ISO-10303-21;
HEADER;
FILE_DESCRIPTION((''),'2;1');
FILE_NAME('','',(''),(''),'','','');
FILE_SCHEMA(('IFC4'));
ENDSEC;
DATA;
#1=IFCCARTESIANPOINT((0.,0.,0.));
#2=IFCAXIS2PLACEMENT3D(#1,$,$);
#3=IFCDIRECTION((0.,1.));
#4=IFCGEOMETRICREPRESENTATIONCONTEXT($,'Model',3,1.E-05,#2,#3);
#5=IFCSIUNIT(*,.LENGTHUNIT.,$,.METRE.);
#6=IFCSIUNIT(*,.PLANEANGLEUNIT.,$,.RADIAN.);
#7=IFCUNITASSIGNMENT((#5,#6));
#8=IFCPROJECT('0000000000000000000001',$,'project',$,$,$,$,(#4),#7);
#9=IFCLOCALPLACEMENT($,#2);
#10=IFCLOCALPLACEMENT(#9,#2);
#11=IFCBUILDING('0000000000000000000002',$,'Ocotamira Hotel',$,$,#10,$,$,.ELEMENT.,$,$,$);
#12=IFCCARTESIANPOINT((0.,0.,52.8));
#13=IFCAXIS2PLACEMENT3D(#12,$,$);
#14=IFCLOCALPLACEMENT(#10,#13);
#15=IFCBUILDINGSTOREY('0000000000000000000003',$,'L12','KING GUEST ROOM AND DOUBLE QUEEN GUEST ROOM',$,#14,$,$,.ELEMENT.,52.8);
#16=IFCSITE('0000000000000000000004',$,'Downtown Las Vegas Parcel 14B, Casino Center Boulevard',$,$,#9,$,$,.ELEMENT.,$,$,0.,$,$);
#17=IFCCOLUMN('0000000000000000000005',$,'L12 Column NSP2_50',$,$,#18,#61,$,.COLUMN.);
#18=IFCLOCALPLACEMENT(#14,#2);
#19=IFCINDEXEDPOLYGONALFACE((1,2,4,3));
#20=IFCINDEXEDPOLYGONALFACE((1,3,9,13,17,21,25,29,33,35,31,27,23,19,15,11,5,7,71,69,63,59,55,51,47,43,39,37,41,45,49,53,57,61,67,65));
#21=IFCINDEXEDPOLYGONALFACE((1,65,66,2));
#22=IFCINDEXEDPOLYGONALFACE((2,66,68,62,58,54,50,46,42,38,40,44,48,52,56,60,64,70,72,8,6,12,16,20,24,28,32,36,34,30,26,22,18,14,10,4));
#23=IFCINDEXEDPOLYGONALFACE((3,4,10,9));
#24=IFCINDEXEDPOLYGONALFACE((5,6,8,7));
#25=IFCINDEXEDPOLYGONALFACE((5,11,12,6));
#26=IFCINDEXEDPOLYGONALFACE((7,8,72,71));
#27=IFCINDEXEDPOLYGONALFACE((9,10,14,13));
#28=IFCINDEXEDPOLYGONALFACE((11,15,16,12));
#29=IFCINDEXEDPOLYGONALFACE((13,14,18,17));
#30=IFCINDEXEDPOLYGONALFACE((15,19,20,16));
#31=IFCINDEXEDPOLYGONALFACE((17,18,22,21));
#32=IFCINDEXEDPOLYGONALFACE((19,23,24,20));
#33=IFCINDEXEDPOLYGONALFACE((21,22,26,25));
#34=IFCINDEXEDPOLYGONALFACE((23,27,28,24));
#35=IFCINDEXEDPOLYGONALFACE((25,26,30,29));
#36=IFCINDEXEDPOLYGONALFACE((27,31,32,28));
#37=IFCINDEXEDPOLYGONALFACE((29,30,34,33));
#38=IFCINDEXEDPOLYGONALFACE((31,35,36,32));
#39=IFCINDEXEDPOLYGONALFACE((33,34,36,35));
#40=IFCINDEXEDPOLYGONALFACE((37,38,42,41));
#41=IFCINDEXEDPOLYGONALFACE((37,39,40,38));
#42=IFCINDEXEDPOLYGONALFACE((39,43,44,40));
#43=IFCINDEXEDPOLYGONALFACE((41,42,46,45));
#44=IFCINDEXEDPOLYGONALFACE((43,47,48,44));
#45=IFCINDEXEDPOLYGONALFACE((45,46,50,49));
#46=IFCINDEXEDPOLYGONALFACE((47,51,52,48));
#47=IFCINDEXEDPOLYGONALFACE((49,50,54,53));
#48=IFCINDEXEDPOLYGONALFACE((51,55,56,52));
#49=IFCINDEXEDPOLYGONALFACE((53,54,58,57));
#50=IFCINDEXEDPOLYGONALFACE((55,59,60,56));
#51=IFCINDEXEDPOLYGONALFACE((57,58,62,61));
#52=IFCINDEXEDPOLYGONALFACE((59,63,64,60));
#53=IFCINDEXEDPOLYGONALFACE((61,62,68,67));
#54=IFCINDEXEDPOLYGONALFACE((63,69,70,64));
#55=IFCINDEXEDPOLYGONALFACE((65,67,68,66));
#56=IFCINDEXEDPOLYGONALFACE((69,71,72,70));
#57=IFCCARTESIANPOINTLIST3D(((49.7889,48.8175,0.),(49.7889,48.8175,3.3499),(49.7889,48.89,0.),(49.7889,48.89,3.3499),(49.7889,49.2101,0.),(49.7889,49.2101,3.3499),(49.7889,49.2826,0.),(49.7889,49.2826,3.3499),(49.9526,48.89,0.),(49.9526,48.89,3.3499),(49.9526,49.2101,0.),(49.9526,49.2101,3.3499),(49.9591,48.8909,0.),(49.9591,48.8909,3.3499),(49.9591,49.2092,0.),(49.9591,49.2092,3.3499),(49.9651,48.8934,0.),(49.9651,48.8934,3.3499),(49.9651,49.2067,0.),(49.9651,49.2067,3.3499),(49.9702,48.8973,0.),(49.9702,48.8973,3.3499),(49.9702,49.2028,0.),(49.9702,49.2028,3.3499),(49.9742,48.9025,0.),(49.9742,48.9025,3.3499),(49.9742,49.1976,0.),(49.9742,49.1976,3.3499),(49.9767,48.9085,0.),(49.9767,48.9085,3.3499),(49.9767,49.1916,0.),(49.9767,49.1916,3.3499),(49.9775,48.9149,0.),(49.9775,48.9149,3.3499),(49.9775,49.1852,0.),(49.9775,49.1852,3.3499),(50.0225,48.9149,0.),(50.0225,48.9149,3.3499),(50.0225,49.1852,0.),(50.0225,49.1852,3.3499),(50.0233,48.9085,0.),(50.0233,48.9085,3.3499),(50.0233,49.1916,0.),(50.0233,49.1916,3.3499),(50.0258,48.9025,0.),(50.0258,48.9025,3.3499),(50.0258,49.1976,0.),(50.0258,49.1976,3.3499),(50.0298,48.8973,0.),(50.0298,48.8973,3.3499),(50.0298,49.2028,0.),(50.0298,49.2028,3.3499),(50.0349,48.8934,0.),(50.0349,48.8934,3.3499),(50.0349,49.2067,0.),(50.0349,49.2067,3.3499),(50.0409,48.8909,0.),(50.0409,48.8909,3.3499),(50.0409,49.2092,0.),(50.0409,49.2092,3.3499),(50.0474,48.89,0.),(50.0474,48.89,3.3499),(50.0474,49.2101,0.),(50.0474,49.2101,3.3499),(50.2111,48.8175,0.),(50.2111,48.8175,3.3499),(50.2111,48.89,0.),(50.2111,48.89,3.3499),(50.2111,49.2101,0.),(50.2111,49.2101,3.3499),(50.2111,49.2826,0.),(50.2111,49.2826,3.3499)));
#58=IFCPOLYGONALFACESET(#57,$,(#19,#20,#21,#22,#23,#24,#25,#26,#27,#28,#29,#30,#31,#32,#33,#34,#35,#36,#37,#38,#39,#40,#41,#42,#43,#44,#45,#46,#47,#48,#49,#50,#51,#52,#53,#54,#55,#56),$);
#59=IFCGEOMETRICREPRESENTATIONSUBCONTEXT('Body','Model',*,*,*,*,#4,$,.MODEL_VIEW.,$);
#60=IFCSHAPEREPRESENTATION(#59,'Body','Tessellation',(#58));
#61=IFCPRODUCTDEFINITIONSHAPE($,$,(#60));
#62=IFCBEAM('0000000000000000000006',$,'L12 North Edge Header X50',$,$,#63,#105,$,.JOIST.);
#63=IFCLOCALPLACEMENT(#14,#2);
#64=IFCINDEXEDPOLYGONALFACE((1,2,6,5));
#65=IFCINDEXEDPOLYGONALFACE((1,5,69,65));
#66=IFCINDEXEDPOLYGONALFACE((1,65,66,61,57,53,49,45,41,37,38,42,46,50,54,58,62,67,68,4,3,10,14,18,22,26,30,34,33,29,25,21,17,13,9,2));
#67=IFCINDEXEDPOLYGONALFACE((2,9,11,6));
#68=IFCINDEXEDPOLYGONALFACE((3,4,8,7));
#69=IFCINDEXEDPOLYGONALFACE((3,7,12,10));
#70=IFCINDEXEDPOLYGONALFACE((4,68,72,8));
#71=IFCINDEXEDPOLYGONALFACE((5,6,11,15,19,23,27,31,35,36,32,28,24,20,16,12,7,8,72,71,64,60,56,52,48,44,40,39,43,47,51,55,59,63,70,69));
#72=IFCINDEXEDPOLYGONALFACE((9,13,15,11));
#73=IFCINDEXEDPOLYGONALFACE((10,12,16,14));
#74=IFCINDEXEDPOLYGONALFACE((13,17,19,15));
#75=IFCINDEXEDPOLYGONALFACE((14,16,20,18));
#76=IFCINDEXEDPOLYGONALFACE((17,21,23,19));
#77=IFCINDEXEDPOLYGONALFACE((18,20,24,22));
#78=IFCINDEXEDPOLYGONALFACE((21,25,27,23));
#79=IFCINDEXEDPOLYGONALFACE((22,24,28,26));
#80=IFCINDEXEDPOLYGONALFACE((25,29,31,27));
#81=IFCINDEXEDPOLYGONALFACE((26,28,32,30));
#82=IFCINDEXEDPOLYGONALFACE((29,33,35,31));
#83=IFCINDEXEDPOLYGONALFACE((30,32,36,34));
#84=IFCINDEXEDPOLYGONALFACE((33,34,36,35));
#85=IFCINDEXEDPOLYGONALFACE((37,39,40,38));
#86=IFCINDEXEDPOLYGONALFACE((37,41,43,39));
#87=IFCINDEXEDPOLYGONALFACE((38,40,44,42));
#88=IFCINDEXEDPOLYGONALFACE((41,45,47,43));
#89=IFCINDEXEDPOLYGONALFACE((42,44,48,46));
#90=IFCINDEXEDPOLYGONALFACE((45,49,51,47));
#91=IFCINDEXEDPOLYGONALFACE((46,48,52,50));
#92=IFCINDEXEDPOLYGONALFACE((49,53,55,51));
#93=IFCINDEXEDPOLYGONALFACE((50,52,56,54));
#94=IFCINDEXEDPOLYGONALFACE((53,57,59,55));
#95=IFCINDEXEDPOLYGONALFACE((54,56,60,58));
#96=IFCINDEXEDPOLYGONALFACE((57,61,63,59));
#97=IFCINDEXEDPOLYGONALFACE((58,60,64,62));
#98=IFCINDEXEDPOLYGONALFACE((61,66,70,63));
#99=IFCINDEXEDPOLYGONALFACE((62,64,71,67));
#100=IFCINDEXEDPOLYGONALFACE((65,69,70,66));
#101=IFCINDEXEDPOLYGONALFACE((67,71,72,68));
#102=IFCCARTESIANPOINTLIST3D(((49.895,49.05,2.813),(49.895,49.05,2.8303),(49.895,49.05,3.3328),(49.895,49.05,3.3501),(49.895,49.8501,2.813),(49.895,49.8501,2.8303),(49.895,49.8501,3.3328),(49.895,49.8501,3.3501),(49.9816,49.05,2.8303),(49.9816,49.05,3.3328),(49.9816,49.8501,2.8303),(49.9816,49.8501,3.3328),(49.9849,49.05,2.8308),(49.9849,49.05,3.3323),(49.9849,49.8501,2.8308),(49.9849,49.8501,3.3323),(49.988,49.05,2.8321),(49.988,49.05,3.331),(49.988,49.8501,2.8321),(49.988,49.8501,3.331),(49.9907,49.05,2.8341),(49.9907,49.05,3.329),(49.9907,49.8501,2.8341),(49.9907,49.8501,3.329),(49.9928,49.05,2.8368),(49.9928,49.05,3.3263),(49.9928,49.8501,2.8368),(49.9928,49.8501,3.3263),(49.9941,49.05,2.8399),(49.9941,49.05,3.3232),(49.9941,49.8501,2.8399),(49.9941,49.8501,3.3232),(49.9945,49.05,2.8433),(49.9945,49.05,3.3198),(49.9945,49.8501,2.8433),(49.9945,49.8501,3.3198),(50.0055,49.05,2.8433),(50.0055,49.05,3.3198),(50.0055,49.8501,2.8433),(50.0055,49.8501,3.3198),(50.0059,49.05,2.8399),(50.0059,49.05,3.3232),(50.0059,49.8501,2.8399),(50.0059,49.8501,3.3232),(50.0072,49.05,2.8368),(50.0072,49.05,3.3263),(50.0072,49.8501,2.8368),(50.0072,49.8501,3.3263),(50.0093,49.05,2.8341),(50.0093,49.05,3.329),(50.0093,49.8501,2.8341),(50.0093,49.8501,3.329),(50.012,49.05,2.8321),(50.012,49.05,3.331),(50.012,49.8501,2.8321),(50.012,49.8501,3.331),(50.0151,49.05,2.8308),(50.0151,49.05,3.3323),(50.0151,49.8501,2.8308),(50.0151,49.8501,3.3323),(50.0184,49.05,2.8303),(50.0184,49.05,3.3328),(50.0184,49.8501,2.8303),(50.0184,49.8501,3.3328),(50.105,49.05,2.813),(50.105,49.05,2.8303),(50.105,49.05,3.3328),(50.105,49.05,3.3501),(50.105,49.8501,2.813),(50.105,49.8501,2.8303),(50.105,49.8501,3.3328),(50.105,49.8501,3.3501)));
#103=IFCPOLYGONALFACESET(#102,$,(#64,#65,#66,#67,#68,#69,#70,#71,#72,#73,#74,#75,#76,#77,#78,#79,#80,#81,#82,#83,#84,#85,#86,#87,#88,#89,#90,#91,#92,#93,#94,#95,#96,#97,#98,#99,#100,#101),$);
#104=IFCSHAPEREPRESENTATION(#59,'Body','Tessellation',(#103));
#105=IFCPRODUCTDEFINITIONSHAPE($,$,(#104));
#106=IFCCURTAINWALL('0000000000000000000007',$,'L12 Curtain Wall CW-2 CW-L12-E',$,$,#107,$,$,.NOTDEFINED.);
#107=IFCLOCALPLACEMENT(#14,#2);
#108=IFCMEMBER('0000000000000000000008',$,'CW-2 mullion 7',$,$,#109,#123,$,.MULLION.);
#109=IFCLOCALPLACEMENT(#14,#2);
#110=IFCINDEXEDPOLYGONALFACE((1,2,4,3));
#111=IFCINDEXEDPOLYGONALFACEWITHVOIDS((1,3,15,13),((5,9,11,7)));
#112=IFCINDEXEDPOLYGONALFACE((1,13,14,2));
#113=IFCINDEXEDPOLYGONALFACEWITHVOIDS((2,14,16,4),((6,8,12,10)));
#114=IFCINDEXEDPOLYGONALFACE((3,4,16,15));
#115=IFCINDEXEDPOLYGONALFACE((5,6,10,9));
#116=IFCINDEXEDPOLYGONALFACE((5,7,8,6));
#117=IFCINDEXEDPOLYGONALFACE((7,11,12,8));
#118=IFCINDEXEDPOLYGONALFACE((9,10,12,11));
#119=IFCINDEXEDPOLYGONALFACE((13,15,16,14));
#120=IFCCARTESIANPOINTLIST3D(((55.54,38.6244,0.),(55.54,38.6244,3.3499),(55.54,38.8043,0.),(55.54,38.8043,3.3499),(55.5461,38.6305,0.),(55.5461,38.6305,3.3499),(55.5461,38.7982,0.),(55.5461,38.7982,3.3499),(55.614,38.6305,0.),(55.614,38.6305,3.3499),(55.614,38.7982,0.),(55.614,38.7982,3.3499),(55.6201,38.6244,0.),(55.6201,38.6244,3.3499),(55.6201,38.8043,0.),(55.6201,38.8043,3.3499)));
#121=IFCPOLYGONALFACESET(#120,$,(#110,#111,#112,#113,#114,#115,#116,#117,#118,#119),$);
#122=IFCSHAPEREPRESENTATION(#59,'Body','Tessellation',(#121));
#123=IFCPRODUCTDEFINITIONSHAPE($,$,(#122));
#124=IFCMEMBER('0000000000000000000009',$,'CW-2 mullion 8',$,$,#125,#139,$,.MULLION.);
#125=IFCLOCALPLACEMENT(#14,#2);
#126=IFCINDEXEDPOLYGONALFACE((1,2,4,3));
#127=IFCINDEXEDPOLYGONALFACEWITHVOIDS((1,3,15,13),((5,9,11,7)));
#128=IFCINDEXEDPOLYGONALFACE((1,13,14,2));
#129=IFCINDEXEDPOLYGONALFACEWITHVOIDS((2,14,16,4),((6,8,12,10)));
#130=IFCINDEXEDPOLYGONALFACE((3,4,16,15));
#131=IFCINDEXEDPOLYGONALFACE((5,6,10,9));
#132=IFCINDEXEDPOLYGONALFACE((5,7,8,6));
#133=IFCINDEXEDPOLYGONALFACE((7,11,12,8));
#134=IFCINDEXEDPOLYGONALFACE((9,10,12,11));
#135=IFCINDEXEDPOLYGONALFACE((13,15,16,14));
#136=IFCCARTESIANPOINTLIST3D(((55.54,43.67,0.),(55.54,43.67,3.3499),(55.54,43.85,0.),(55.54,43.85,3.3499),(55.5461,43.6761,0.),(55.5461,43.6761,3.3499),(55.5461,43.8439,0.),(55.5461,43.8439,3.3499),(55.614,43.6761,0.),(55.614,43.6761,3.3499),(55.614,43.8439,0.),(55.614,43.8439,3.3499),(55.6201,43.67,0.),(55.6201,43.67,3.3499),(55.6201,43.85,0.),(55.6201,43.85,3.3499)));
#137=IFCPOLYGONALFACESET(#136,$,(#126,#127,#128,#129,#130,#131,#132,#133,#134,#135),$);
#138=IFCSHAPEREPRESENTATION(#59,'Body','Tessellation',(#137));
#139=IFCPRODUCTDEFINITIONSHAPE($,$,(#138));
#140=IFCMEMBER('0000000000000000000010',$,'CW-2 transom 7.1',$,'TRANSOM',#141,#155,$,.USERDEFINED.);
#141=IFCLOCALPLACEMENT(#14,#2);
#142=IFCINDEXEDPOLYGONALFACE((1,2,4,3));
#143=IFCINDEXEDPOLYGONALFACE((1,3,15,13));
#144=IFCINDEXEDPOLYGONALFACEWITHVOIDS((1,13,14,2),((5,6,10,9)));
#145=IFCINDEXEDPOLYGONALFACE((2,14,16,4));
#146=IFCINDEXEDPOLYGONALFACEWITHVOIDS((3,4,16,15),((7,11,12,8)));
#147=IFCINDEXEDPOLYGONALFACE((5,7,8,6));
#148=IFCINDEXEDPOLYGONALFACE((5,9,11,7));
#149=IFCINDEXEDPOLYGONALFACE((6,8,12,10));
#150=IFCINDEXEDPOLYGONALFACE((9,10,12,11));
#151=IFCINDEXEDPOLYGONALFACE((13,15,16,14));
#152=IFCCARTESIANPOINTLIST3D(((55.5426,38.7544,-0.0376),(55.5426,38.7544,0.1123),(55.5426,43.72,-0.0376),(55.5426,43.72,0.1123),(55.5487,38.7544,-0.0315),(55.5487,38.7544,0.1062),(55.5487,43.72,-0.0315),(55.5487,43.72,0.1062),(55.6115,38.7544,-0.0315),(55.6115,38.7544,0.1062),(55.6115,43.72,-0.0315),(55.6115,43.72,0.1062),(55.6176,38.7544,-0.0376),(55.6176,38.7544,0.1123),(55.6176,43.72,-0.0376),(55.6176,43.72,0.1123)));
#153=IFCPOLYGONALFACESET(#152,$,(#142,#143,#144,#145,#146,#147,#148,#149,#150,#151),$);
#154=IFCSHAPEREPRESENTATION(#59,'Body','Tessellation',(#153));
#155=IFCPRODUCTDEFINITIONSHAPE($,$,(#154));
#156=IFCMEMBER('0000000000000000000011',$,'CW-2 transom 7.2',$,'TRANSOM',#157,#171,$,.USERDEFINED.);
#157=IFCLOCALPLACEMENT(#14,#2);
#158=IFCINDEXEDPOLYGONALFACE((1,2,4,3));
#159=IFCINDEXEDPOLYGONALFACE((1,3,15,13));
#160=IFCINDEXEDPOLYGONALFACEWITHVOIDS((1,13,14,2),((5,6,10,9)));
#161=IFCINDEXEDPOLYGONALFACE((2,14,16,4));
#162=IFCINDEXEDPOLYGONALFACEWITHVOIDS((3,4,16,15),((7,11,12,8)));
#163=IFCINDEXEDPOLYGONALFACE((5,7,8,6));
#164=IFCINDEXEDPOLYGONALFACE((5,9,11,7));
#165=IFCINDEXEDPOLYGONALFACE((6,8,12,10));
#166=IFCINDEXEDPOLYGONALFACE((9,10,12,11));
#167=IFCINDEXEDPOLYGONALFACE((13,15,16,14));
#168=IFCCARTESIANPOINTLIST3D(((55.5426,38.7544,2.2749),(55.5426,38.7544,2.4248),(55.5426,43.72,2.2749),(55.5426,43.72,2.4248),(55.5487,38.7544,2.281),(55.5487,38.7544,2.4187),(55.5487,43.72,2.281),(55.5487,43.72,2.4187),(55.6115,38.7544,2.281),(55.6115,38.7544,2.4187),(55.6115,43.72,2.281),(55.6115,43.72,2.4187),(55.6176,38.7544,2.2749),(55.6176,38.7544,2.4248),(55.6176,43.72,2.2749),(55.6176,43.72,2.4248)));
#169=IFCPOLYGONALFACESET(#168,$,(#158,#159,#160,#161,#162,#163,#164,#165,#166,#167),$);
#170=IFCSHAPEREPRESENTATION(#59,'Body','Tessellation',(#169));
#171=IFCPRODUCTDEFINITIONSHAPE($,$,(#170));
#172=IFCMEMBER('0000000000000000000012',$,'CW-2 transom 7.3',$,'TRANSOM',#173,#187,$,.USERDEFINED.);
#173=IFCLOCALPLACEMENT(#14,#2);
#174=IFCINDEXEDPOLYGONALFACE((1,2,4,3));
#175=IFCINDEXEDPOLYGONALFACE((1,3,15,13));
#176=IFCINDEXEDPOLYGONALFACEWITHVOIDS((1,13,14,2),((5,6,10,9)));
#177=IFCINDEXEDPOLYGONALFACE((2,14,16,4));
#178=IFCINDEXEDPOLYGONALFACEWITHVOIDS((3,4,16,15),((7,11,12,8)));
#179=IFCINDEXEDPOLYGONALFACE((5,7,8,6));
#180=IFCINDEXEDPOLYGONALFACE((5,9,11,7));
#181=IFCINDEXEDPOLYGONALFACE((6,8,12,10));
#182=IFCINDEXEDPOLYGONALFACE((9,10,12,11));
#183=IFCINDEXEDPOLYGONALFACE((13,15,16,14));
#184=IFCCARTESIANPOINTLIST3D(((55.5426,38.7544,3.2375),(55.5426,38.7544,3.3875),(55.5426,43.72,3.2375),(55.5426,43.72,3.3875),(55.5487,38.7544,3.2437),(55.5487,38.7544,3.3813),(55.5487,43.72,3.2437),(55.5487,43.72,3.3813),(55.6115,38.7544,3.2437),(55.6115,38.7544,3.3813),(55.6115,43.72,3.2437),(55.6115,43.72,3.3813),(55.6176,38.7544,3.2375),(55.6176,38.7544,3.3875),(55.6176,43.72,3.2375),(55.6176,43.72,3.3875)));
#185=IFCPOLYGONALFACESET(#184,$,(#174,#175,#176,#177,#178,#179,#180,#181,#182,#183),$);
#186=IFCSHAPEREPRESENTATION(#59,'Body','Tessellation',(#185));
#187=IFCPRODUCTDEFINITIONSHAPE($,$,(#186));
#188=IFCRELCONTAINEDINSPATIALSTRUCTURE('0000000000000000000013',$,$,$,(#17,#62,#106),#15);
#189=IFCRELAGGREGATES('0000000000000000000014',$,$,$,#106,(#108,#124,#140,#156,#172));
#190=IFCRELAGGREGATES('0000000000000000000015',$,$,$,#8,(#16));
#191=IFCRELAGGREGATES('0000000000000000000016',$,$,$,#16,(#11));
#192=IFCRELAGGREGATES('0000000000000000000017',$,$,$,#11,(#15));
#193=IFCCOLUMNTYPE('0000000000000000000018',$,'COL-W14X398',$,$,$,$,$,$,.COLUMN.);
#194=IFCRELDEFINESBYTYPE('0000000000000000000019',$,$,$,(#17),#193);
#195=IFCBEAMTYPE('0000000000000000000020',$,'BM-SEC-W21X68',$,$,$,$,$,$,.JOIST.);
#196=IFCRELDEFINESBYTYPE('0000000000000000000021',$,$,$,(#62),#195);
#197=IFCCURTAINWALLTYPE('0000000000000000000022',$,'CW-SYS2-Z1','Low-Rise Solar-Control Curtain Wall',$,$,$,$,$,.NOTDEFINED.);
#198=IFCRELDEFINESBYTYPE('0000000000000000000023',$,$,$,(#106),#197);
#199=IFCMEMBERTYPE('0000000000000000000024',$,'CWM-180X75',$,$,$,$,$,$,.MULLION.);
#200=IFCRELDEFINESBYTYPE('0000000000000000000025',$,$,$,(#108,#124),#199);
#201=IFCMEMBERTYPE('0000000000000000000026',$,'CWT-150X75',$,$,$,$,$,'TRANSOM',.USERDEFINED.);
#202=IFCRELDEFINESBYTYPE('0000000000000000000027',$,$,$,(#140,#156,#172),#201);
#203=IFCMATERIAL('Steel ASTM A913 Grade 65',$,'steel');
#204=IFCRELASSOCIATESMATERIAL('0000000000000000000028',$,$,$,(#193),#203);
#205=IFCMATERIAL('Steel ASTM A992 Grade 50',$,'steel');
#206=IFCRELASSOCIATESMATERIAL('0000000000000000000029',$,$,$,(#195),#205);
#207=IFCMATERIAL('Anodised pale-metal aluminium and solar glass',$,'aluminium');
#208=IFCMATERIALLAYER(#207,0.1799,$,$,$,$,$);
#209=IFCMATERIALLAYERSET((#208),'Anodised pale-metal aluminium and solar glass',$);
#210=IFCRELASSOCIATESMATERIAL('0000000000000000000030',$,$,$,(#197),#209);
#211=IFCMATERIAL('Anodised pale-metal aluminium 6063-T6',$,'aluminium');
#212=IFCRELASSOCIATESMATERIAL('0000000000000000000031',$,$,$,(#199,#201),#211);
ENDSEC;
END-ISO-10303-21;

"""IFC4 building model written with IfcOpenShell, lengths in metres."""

from ifc_helpers import new_model, si_unit, direction, frame, origin, origin_2d, place, context, subcontext, project, spatial, hollow_rectangle, i_section, extrude, source, transform, mapped, material, layer, layer_set, material_profile, profile_set, type_object, element, aggregate, save


model = new_model("IFC4")

# Units and contexts
model_context = context("Model", 3, precision=1e-05, world=origin(), true_north=direction((0.0, 1.0)))
body_context = subcontext(model_context, "Body", "Model", "MODEL_VIEW")
ifc_project = project(units=[si_unit("LENGTHUNIT", "METRE"), si_unit("PLANEANGLEUNIT", "RADIAN")], contexts=[model_context])

# Site, building, storey
site_placement = place(None, origin())
site = spatial("IfcSite", under=ifc_project, at=site_placement, Name="Downtown Las Vegas Parcel 14B, Casino Center Boulevard", CompositionType="ELEMENT", RefElevation=0.0)
building_placement = place(site_placement, origin())
building = spatial("IfcBuilding", under=site, at=building_placement, Name="Ocotamira Hotel", CompositionType="ELEMENT")
storey_placement = place(building_placement, frame((0.0, 0.0, 52.8)))
storey = spatial("IfcBuildingStorey", under=building, at=storey_placement, Name="L12", Description="KING GUEST ROOM AND DOUBLE QUEEN GUEST ROOM", CompositionType="ELEMENT", Elevation=52.8)

# Column
ifc_material_1 = material(Name="Steel ASTM A913 Grade 65", Category="steel")
ifc_material_profile_1 = material_profile(ifc_material_1, i_section(OverallWidth=0.4221, OverallDepth=0.4651, WebThickness=0.0449, FlangeThickness=0.0725, FilletRadius=0.0249, at=origin_2d()), Name="W14X398")
ifc_profile_set_1 = profile_set([ifc_material_profile_1], Name="Steel ASTM A913 Grade 65")
column_type = type_object("IfcColumnType", Name="COL-W14X398", PredefinedType="COLUMN", material=ifc_profile_set_1)
shared_shape_1 = source(origin(), body_context, "Body", "SweptSolid", [
    extrude(i_section(OverallWidth=0.4221, OverallDepth=0.4651, WebThickness=0.0449, FlangeThickness=0.0725, FilletRadius=0.0249, at=origin_2d()), origin(), (0.0, 0.0, 1.0), 3.3499),
])
column_placement = place(storey_placement, frame((50.0, 49.05, 0.0), z_axis=(0.0, 0.0, 1.0), x_axis=(1.0, 0.0, 0.0)))
element("IfcColumn", 1, at=column_placement, inside=storey, type_object=column_type, Name="L12 Column NSP2_50", PredefinedType="COLUMN", context=body_context, shape_type="MappedRepresentation", body=[
    mapped(shared_shape_1, transform((0.0, 0.0, 0.0), scale=1.0)),
])

# Beam
ifc_material_2 = material(Name="Steel ASTM A992 Grade 50", Category="steel")
ifc_material_profile_2 = material_profile(ifc_material_2, i_section(OverallWidth=0.21, OverallDepth=0.5371, WebThickness=0.011, FlangeThickness=0.0173, FilletRadius=0.0129, at=origin_2d()), Name="W21X68")
ifc_profile_set_2 = profile_set([ifc_material_profile_2], Name="Steel ASTM A992 Grade 50")
beam_type = type_object("IfcBeamType", Name="BM-SEC-W21X68", PredefinedType="JOIST", material=ifc_profile_set_2)
shared_shape_2 = source(origin(), body_context, "Body", "SweptSolid", [
    extrude(i_section(OverallWidth=0.21, OverallDepth=0.5371, WebThickness=0.011, FlangeThickness=0.0173, FilletRadius=0.0129, at=origin_2d()), origin(), (0.0, 0.0, 1.0), 0.8),
])
beam_placement = place(storey_placement, frame((50.0, 49.05, 3.0815), z_axis=(0.0, 1.0, 0.0), x_axis=(-1.0, 0.0, 0.0)))
element("IfcBeam", 2, at=beam_placement, inside=storey, type_object=beam_type, Name="L12 North Edge Header X50", PredefinedType="JOIST", context=body_context, shape_type="MappedRepresentation", body=[
    mapped(shared_shape_2, transform((0.0, 0.0, 0.0), scale=1.0)),
])

# Curtain wall, members
ifc_material_3 = material(Name="Anodised pale-metal aluminium and solar glass", Category="aluminium")
ifc_layer_1 = layer(ifc_material_3, 0.1799)
ifc_layer_set_1 = layer_set([ifc_layer_1], Name="Anodised pale-metal aluminium and solar glass")
curtain_wall_type = type_object("IfcCurtainWallType", Name="CW-SYS2-Z1", Description="Low-Rise Solar-Control Curtain Wall", PredefinedType="NOTDEFINED", material=ifc_layer_set_1)
curtain_wall_placement = place(storey_placement, origin())
curtain_wall = element("IfcCurtainWall", 3, at=curtain_wall_placement, inside=storey, type_object=curtain_wall_type, Name="L12 Curtain Wall CW-2 CW-L12-E", PredefinedType="NOTDEFINED")
ifc_material_4 = material(Name="Anodised pale-metal aluminium 6063-T6", Category="aluminium")
ifc_material_profile_3 = material_profile(ifc_material_4, hollow_rectangle(XDim=0.0801, YDim=0.1799, WallThickness=0.0061, at=origin_2d()), Name="HSS180X80X6")
ifc_profile_set_3 = profile_set([ifc_material_profile_3], Name="Anodised pale-metal aluminium 6063-T6")
member_type_1 = type_object("IfcMemberType", Name="CWM-180X75", PredefinedType="MULLION", material=ifc_profile_set_3)
shared_shape_3 = source(origin(), body_context, "Body", "SweptSolid", [
    extrude(hollow_rectangle(XDim=0.0801, YDim=0.1799, WallThickness=0.0061, at=origin_2d()), origin(), (0.0, 0.0, 1.0), 3.3499),
])
member_1_placement = place(storey_placement, frame((55.5801, 38.7144, 0.0), z_axis=(0.0, 0.0, 1.0), x_axis=(-1.0, 0.0, 0.0)))
member_1 = element("IfcMember", 4, at=member_1_placement, type_object=member_type_1, Name="CW-2 mullion 7", PredefinedType="MULLION", context=body_context, shape_type="MappedRepresentation", body=[
    mapped(shared_shape_3, transform((0.0, 0.0, 0.0), scale=1.0)),
])
member_2_placement = place(storey_placement, frame((55.5801, 43.76, 0.0), z_axis=(0.0, 0.0, 1.0), x_axis=(-1.0, 0.0, 0.0)))
member_2 = element("IfcMember", 5, at=member_2_placement, type_object=member_type_1, Name="CW-2 mullion 8", PredefinedType="MULLION", context=body_context, shape_type="MappedRepresentation", body=[
    mapped(shared_shape_3, transform((0.0, 0.0, 0.0), scale=1.0)),
])
ifc_material_profile_4 = material_profile(ifc_material_4, hollow_rectangle(XDim=0.075, YDim=0.1499, WallThickness=0.0061, at=origin_2d()), Name="HSS150X75X6")
ifc_profile_set_4 = profile_set([ifc_material_profile_4], Name="Anodised pale-metal aluminium 6063-T6")
member_type_2 = type_object("IfcMemberType", Name="CWT-150X75", ElementType="TRANSOM", PredefinedType="USERDEFINED", material=ifc_profile_set_4)
shared_shape_4 = source(origin(), body_context, "Body", "SweptSolid", [
    extrude(hollow_rectangle(XDim=0.075, YDim=0.1499, WallThickness=0.0061, at=origin_2d()), origin(), (0.0, 0.0, 1.0), 4.9656),
])
member_3_placement = place(storey_placement, frame((55.5801, 38.7544, 0.0374), z_axis=(0.0, 1.0, 0.0), x_axis=(-1.0, 0.0, 0.0)))
member_3 = element("IfcMember", 6, at=member_3_placement, type_object=member_type_2, Name="CW-2 transom 7.1", ObjectType="TRANSOM", PredefinedType="USERDEFINED", context=body_context, shape_type="MappedRepresentation", body=[
    mapped(shared_shape_4, transform((0.0, 0.0, 0.0), scale=1.0)),
])
member_4_placement = place(storey_placement, frame((55.5801, 38.7544, 2.3499), z_axis=(0.0, 1.0, 0.0), x_axis=(-1.0, 0.0, 0.0)))
member_4 = element("IfcMember", 7, at=member_4_placement, type_object=member_type_2, Name="CW-2 transom 7.2", ObjectType="TRANSOM", PredefinedType="USERDEFINED", context=body_context, shape_type="MappedRepresentation", body=[
    mapped(shared_shape_4, transform((0.0, 0.0, 0.0), scale=1.0)),
])
member_5_placement = place(storey_placement, frame((55.5801, 38.7544, 3.3125), z_axis=(0.0, 1.0, 0.0), x_axis=(-1.0, 0.0, 0.0)))
member_5 = element("IfcMember", 8, at=member_5_placement, type_object=member_type_2, Name="CW-2 transom 7.3", ObjectType="TRANSOM", PredefinedType="USERDEFINED", context=body_context, shape_type="MappedRepresentation", body=[
    mapped(shared_shape_4, transform((0.0, 0.0, 0.0), scale=1.0)),
])

aggregate(curtain_wall, [member_1, member_2, member_3, member_4, member_5])

save(model, "model.ifc")
